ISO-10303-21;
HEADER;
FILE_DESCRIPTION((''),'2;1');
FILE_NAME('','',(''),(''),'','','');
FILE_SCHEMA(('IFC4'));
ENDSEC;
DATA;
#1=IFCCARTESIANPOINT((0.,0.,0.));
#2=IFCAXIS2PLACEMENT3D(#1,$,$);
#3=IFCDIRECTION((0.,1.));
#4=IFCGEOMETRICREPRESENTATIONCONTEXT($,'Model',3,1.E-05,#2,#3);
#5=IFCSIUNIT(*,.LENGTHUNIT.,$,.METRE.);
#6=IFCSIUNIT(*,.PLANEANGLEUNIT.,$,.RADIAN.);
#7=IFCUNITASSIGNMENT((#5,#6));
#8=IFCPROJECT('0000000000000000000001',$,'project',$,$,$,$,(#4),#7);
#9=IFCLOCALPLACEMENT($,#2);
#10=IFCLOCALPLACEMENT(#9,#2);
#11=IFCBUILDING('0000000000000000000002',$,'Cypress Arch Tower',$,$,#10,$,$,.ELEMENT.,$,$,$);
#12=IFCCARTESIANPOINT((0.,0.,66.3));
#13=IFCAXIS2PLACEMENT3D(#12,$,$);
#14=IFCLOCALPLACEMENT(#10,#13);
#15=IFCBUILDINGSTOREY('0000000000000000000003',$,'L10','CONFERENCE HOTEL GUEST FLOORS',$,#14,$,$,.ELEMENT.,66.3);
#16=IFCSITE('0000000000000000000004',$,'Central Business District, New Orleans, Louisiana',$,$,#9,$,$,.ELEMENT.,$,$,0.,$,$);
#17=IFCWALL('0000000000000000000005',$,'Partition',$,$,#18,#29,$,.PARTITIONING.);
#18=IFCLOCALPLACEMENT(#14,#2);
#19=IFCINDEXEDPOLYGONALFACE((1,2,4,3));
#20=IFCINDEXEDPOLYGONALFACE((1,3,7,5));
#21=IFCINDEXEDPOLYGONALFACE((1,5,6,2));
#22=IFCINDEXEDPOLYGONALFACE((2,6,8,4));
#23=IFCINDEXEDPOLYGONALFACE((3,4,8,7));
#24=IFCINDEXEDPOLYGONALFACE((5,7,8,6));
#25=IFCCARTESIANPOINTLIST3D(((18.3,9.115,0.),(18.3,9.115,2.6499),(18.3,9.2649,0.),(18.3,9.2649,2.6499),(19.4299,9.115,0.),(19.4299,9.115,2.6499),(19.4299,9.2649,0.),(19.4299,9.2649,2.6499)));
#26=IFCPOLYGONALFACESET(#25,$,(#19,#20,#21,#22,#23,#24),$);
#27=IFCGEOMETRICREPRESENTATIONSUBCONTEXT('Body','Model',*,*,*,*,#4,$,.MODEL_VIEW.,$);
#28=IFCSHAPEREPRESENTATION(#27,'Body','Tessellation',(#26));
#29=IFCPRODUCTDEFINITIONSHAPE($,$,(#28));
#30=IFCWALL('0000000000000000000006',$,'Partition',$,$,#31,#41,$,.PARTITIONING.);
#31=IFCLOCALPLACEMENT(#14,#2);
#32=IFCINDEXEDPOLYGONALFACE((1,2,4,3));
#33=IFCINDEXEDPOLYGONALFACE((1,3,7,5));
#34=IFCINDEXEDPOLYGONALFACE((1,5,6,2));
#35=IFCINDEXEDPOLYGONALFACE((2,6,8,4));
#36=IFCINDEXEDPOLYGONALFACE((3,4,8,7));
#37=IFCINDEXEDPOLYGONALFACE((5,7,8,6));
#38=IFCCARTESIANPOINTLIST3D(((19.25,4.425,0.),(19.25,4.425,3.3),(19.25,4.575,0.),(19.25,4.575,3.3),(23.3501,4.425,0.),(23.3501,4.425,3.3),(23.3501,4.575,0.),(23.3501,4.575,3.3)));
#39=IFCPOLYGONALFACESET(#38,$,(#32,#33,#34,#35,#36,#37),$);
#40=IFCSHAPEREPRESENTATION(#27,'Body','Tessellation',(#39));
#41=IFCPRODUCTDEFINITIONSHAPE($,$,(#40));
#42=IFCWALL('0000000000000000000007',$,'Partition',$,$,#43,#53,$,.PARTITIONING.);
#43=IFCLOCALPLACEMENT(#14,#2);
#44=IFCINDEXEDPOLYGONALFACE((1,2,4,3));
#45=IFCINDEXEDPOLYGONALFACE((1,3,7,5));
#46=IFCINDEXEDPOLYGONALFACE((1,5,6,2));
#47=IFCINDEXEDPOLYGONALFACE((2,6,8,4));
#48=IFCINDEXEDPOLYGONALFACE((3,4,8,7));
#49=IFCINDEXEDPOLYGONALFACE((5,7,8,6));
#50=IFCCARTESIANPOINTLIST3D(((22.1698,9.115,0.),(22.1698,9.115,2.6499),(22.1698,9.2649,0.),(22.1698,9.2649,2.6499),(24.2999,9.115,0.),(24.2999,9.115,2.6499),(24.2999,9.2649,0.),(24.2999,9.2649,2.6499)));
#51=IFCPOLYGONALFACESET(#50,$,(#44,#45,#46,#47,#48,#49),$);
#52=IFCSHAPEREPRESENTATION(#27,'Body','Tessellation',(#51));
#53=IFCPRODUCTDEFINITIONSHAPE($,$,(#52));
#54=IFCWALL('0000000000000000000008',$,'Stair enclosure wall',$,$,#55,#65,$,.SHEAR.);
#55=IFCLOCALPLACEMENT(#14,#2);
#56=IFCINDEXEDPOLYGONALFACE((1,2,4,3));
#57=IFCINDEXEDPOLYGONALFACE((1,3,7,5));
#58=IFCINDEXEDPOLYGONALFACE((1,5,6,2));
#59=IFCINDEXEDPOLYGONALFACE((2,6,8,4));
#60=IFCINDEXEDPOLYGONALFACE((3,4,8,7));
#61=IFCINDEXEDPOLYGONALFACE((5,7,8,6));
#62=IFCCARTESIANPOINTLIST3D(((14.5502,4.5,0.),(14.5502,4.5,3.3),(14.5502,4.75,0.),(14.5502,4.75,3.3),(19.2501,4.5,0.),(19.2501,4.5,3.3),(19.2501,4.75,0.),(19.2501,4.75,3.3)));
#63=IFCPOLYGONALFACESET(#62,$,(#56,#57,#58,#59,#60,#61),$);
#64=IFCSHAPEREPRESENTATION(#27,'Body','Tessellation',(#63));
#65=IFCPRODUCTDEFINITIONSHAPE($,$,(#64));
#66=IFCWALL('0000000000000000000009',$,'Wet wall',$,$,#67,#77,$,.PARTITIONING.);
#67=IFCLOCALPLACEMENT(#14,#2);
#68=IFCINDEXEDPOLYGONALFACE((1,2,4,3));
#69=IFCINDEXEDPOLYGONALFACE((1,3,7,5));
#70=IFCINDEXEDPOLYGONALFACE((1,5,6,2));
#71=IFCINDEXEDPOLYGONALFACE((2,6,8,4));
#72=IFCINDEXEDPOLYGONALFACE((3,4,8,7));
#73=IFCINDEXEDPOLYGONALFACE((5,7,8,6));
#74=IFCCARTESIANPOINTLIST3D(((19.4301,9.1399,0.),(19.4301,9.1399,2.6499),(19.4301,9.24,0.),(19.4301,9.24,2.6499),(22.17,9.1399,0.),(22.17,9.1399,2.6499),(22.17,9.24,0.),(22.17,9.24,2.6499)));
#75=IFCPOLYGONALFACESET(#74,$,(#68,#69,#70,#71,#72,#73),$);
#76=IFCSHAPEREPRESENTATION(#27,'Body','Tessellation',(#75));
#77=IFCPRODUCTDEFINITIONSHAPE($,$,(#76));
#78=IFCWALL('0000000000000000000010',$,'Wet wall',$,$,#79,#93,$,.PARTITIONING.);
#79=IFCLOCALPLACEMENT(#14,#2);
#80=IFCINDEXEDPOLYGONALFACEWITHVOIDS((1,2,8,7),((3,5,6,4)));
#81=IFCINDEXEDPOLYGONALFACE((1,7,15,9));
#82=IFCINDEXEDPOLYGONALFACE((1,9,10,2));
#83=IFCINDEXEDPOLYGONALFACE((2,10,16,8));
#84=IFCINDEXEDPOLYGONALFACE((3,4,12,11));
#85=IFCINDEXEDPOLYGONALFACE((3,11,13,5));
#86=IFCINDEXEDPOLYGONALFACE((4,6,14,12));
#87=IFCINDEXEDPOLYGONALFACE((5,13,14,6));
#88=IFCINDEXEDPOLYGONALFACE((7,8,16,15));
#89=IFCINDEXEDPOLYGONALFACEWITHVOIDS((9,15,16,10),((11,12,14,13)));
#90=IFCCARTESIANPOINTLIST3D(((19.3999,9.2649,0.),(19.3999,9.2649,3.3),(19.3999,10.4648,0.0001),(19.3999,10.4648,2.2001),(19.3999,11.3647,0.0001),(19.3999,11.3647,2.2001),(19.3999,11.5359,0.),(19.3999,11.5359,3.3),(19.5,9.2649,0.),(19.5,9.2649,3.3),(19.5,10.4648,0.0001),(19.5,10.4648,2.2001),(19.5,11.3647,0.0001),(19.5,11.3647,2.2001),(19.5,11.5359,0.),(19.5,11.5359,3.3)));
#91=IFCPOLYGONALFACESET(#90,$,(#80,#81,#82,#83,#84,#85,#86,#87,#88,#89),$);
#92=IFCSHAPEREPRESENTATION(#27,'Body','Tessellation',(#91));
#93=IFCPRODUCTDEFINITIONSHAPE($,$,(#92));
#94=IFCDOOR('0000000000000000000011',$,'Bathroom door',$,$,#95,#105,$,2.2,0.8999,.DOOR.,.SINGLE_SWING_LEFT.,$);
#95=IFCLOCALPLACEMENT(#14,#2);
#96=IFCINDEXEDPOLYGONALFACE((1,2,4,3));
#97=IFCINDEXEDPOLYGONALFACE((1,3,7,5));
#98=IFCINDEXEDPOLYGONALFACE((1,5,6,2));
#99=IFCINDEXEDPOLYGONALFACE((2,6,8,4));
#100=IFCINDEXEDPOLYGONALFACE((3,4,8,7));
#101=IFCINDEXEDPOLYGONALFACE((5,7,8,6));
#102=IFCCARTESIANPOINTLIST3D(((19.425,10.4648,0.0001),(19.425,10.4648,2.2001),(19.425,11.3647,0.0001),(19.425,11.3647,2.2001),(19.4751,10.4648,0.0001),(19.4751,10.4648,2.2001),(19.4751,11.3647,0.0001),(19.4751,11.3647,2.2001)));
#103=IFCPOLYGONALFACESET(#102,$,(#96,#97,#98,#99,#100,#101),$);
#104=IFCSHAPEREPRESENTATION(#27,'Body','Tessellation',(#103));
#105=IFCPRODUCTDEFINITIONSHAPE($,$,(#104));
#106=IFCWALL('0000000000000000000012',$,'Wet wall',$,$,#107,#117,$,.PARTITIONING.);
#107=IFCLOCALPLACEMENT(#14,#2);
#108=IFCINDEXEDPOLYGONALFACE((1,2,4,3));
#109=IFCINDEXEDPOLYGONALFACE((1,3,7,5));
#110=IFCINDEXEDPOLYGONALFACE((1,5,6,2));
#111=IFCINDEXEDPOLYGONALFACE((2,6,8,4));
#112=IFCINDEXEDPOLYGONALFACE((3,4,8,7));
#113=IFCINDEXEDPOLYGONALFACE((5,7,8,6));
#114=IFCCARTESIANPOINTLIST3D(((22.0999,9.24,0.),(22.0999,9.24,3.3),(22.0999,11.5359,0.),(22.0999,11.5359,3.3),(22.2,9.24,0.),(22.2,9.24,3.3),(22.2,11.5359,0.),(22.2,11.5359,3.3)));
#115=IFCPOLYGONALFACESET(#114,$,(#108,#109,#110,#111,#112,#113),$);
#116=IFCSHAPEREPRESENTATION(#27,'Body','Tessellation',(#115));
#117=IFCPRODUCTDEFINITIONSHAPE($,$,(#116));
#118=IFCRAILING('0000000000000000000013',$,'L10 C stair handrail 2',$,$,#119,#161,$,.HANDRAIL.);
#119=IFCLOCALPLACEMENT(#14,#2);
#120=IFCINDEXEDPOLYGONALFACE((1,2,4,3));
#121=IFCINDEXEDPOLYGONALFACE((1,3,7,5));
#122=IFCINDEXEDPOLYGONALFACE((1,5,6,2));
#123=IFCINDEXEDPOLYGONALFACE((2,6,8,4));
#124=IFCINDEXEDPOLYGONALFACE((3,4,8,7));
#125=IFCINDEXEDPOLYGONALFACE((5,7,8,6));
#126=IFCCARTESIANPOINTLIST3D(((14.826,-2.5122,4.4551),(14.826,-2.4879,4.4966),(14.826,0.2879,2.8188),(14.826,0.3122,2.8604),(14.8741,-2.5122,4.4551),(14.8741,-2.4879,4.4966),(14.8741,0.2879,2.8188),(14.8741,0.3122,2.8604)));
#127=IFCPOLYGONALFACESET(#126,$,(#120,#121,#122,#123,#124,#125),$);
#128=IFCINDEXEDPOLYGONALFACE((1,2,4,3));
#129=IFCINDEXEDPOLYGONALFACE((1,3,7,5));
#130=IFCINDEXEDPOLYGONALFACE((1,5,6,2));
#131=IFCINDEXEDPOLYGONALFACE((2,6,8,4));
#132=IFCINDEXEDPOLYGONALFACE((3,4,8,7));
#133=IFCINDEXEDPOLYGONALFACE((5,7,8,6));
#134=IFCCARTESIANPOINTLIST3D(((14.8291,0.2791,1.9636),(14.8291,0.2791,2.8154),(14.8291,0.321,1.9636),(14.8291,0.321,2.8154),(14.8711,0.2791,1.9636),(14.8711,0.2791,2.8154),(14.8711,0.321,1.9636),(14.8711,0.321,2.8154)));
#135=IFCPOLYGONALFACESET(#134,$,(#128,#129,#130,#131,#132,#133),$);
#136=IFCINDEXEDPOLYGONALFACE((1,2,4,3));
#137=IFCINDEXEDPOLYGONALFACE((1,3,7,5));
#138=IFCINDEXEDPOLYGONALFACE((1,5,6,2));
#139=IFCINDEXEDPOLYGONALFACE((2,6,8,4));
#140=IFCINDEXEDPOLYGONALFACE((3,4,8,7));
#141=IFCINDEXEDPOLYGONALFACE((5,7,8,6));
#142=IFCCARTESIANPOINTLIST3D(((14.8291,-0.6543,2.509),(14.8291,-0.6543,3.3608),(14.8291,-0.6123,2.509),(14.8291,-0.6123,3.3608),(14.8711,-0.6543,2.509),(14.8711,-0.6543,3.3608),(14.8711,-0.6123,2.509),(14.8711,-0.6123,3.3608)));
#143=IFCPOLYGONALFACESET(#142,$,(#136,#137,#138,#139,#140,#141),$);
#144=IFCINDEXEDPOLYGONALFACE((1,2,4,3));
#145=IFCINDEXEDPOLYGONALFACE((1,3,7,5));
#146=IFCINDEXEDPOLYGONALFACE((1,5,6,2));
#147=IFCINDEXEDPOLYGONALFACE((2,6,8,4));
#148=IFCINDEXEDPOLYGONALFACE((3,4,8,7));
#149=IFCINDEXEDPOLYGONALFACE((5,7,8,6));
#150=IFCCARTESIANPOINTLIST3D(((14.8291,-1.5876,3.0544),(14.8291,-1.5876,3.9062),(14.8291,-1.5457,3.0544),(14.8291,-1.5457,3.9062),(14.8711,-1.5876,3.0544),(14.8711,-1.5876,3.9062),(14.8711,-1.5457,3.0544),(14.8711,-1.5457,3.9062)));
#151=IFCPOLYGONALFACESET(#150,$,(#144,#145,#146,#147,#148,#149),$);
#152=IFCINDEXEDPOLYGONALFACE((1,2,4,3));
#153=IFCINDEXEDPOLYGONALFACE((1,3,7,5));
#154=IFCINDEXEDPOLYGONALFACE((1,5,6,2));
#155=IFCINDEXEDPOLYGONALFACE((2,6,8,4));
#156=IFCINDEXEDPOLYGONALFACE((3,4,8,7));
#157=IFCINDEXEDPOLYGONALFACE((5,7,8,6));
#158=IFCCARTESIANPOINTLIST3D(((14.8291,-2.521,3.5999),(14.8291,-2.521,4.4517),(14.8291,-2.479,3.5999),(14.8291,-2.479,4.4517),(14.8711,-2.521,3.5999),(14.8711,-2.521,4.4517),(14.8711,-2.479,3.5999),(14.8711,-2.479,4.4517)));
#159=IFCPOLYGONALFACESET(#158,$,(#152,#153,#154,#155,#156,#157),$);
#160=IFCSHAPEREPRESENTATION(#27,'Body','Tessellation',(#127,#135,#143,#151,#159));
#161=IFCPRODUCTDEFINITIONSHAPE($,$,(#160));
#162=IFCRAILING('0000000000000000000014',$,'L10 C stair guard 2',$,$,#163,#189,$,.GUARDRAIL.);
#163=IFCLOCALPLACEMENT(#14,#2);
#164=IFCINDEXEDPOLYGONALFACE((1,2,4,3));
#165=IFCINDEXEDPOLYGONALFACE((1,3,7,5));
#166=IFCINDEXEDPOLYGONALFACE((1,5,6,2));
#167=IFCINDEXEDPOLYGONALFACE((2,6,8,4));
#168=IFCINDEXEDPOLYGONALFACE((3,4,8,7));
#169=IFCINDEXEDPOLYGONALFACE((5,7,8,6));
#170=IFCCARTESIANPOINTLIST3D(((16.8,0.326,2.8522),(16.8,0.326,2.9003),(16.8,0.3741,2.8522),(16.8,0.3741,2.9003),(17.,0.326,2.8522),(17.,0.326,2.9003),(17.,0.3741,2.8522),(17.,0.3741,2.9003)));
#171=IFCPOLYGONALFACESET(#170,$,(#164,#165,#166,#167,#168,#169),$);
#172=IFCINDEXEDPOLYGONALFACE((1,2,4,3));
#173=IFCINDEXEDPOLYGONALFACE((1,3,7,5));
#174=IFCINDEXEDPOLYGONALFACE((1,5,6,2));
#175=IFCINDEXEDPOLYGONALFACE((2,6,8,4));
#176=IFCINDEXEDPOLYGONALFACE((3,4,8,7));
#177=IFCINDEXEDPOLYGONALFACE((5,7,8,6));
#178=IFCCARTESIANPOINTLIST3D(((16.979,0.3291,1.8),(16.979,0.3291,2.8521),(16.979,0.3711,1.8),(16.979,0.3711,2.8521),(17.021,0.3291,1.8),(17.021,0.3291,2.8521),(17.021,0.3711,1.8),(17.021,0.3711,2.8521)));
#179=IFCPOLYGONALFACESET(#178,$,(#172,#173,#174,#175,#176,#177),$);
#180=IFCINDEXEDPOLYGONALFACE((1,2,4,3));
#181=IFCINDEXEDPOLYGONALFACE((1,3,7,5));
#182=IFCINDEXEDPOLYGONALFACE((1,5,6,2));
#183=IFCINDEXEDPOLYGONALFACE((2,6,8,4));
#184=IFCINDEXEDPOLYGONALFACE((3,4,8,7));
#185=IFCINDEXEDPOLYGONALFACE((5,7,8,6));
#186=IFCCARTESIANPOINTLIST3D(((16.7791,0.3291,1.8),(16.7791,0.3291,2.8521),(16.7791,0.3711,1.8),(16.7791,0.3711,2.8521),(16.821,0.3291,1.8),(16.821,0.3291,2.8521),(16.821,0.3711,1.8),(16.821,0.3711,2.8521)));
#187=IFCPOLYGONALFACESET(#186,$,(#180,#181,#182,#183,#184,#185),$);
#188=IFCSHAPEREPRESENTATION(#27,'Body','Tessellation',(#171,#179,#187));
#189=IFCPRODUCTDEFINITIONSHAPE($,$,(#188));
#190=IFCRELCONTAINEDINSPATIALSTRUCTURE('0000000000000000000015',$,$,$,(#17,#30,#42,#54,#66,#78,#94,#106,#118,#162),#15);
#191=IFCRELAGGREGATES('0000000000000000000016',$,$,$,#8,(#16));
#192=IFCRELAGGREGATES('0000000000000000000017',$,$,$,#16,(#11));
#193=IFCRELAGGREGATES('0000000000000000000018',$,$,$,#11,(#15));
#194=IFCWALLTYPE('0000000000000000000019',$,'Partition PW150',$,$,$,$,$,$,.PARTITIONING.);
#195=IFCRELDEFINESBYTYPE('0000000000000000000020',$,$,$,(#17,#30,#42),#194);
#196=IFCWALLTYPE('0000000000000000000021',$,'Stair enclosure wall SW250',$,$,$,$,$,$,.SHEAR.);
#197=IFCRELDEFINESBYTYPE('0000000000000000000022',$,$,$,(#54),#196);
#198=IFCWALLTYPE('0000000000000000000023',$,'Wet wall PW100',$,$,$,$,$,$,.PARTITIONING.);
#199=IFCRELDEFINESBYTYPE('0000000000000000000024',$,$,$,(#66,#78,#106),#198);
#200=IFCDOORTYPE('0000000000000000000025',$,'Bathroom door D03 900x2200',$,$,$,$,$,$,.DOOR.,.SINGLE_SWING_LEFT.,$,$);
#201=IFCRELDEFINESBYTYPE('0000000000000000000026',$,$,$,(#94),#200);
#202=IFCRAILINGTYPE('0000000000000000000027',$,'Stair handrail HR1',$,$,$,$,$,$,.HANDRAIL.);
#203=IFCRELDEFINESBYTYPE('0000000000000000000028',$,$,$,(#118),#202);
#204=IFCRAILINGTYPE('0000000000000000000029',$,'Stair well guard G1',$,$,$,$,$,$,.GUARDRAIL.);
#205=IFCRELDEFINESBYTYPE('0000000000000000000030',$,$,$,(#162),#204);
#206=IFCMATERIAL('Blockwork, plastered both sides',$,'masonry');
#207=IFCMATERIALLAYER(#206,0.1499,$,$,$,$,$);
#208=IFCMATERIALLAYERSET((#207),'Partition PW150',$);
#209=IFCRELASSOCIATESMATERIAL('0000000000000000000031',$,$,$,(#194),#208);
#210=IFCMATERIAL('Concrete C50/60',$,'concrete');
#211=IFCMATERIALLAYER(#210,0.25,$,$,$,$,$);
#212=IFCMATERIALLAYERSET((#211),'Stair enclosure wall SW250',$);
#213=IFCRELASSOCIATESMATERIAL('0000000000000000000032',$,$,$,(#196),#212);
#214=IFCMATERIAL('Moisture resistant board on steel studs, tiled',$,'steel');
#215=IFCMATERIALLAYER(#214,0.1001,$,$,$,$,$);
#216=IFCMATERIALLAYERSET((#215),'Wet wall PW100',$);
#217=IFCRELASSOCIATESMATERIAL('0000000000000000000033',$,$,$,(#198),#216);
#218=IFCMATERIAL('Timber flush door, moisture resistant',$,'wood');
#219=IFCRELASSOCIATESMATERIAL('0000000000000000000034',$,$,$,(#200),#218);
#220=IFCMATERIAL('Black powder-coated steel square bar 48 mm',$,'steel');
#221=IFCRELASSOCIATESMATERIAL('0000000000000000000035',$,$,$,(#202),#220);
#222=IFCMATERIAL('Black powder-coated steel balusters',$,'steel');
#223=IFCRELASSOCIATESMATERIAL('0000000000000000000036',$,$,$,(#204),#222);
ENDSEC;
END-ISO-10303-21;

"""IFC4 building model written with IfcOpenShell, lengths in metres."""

from ifc_helpers import new_model, si_unit, direction, frame, frame_2d, origin, origin_2d, place, context, subcontext, project, spatial, rectangle, extrude, material, layer, layer_set, type_object, element, fill, save


model = new_model("IFC4")

# Units and contexts
model_context = context("Model", 3, precision=1e-05, world=origin(), true_north=direction((0.0, 1.0)))
body_context = subcontext(model_context, "Body", "Model", "MODEL_VIEW")
ifc_project = project(units=[si_unit("LENGTHUNIT", "METRE"), si_unit("PLANEANGLEUNIT", "RADIAN")], contexts=[model_context])

# Site, building, storey
site_placement = place(None, origin())
site = spatial("IfcSite", under=ifc_project, at=site_placement, Name="Central Business District, New Orleans, Louisiana", CompositionType="ELEMENT", RefElevation=0.0)
building_placement = place(site_placement, origin())
building = spatial("IfcBuilding", under=site, at=building_placement, Name="Cypress Arch Tower", CompositionType="ELEMENT")
storey_placement = place(building_placement, frame((0.0, 0.0, 66.3)))
storey = spatial("IfcBuildingStorey", under=building, at=storey_placement, Name="L10", Description="CONFERENCE HOTEL GUEST FLOORS", CompositionType="ELEMENT", Elevation=66.3)

# Walls
ifc_material_1 = material(Name="Blockwork, plastered both sides", Category="masonry")
ifc_layer_1 = layer(ifc_material_1, 0.1499)
ifc_layer_set_1 = layer_set([ifc_layer_1], Name="Partition PW150")
wall_type_1 = type_object("IfcWallType", Name="Partition PW150", PredefinedType="PARTITIONING", material=ifc_layer_set_1)
wall_1_placement = place(storey_placement, frame((18.3, 9.1899, 0.0), z_axis=(0.0, 0.0, 1.0), x_axis=(1.0, 0.0, 0.0)))
element("IfcWall", 1, at=wall_1_placement, inside=storey, type_object=wall_type_1, Name="Partition", PredefinedType="PARTITIONING", context=body_context, shape_type="SweptSolid", body=[
    extrude(rectangle(XDim=1.1299, YDim=0.1499, at=frame_2d((0.5649, 0.0))), origin(), (0.0, 0.0, 1.0), 2.6499),
])
wall_2_placement = place(storey_placement, frame((19.25, 4.5, 0.0), z_axis=(0.0, 0.0, 1.0), x_axis=(1.0, 0.0, 0.0)))
element("IfcWall", 2, at=wall_2_placement, inside=storey, type_object=wall_type_1, Name="Partition", PredefinedType="PARTITIONING", context=body_context, shape_type="SweptSolid", body=[
    extrude(rectangle(XDim=4.1001, YDim=0.1499, at=frame_2d((2.05, 0.0))), origin(), (0.0, 0.0, 1.0), 3.3),
])
wall_3_placement = place(storey_placement, frame((22.1699, 9.1899, 0.0), z_axis=(0.0, 0.0, 1.0), x_axis=(1.0, 0.0, 0.0)))
element("IfcWall", 3, at=wall_3_placement, inside=storey, type_object=wall_type_1, Name="Partition", PredefinedType="PARTITIONING", context=body_context, shape_type="SweptSolid", body=[
    extrude(rectangle(XDim=2.1301, YDim=0.1499, at=frame_2d((1.0649, 0.0))), origin(), (0.0, 0.0, 1.0), 2.6499),
])
ifc_material_2 = material(Name="Concrete C50/60", Category="concrete")
ifc_layer_2 = layer(ifc_material_2, 0.25)
ifc_layer_set_2 = layer_set([ifc_layer_2], Name="Stair enclosure wall SW250")
wall_type_2 = type_object("IfcWallType", Name="Stair enclosure wall SW250", PredefinedType="SHEAR", material=ifc_layer_set_2)
wall_4_placement = place(storey_placement, frame((14.55, 4.625, 0.0), z_axis=(0.0, 0.0, 1.0), x_axis=(1.0, 0.0, 0.0)))
element("IfcWall", 4, at=wall_4_placement, inside=storey, type_object=wall_type_2, Name="Stair enclosure wall", PredefinedType="SHEAR", context=body_context, shape_type="SweptSolid", body=[
    extrude(rectangle(XDim=4.7, YDim=0.25, at=frame_2d((2.3501, 0.0))), origin(), (0.0, 0.0, 1.0), 3.3),
])
ifc_material_3 = material(Name="Moisture resistant board on steel studs, tiled", Category="steel")
ifc_layer_3 = layer(ifc_material_3, 0.1001)
ifc_layer_set_3 = layer_set([ifc_layer_3], Name="Wet wall PW100")
wall_type_3 = type_object("IfcWallType", Name="Wet wall PW100", PredefinedType="PARTITIONING", material=ifc_layer_set_3)
wall_5_placement = place(storey_placement, frame((19.4299, 9.1899, 0.0), z_axis=(0.0, 0.0, 1.0), x_axis=(1.0, 0.0, 0.0)))
element("IfcWall", 5, at=wall_5_placement, inside=storey, type_object=wall_type_3, Name="Wet wall", PredefinedType="PARTITIONING", context=body_context, shape_type="SweptSolid", body=[
    extrude(rectangle(XDim=2.74, YDim=0.1001, at=frame_2d((1.3701, 0.0))), origin(), (0.0, 0.0, 1.0), 2.6499),
])

# Wall, opening, door
wall_6_placement = place(storey_placement, frame((19.45, 9.2649, 0.0), z_axis=(0.0, 0.0, 1.0), x_axis=(0.0, 1.0, 0.0)))
wall_6 = element("IfcWall", 6, at=wall_6_placement, inside=storey, type_object=wall_type_3, Name="Wet wall", PredefinedType="PARTITIONING", context=body_context, shape_type="SweptSolid", body=[
    extrude(rectangle(XDim=2.271, YDim=0.1001, at=frame_2d((1.1355, 0.0))), origin(), (0.0, 0.0, 1.0), 3.3),
])
opening_1_placement = place(wall_6_placement, frame((1.2, 0.0, 0.0)))
opening_1 = element("IfcOpeningElement", 7, at=opening_1_placement, cuts=wall_6, PredefinedType="OPENING", context=body_context, shape_type="SweptSolid", body=[
    extrude(rectangle(XDim=0.8999, YDim=2.2, at=frame_2d((0.45, 1.1001))), frame((0.0, 0.0601, 0.0), z_axis=(0.0, -1.0, 0.0), x_axis=(1.0, 0.0, 0.0)), (0.0, 0.0, 1.0), 0.1201),
])
ifc_material_4 = material(Name="Timber flush door, moisture resistant", Category="wood")
door_type_1 = type_object("IfcDoorType", Name="Bathroom door D03 900x2200", OperationType="SINGLE_SWING_LEFT", PredefinedType="DOOR", material=ifc_material_4)
door_1_placement = place(opening_1_placement, origin())
door_1 = element("IfcDoor", 8, at=door_1_placement, inside=storey, type_object=door_type_1, Name="Bathroom door", OperationType="SINGLE_SWING_LEFT", OverallHeight=2.2, OverallWidth=0.8999, PredefinedType="DOOR", context=body_context, shape_type="SweptSolid", body=[
    extrude(rectangle(XDim=0.8999, YDim=2.2, at=frame_2d((0.45, 1.1001))), frame((0.0, 0.0249, 0.0), z_axis=(0.0, -1.0, 0.0), x_axis=(1.0, 0.0, 0.0)), (0.0, 0.0, 1.0), 0.05),
])
fill(opening_1, door_1)

# Wall
wall_7_placement = place(storey_placement, frame((22.1499, 9.24, 0.0), z_axis=(0.0, 0.0, 1.0), x_axis=(0.0, 1.0, 0.0)))
element("IfcWall", 9, at=wall_7_placement, inside=storey, type_object=wall_type_3, Name="Wet wall", PredefinedType="PARTITIONING", context=body_context, shape_type="SweptSolid", body=[
    extrude(rectangle(XDim=2.2959, YDim=0.1001, at=frame_2d((1.1479, 0.0))), origin(), (0.0, 0.0, 1.0), 3.3),
])

# Railings
ifc_material_5 = material(Name="Black powder-coated steel square bar 48 mm", Category="steel")
railing_type_1 = type_object("IfcRailingType", Name="Stair handrail HR1", PredefinedType="HANDRAIL", material=ifc_material_5)
railing_1_placement = place(storey_placement, frame((14.8501, 0.3, 1.9636)))
element("IfcRailing", 10, at=railing_1_placement, inside=storey, type_object=railing_type_1, Name="L10 C stair handrail 2", PredefinedType="HANDRAIL", context=body_context, shape_type="SweptSolid", body=[
    extrude(rectangle(XDim=0.0481, YDim=0.0481, at=origin_2d()), frame((0.0, 0.0, 0.876), z_axis=(0.0, -0.863394, 0.504531), x_axis=(1.0, 0.0, 0.0)), (0.0, 0.0, 1.0), 3.2432),
    extrude(rectangle(XDim=0.042, YDim=0.042, at=origin_2d()), origin(), (0.0, 0.0, 1.0), 0.8518),
    extrude(rectangle(XDim=0.042, YDim=0.042, at=origin_2d()), frame((0.0, -0.9333, 0.5454)), (0.0, 0.0, 1.0), 0.8518),
    extrude(rectangle(XDim=0.042, YDim=0.042, at=origin_2d()), frame((0.0, -1.8667, 1.0908)), (0.0, 0.0, 1.0), 0.8518),
    extrude(rectangle(XDim=0.042, YDim=0.042, at=origin_2d()), frame((0.0, -2.8, 1.6362)), (0.0, 0.0, 1.0), 0.8518),
])
ifc_material_6 = material(Name="Black powder-coated steel balusters", Category="steel")
railing_type_2 = type_object("IfcRailingType", Name="Stair well guard G1", PredefinedType="GUARDRAIL", material=ifc_material_6)
railing_2_placement = place(storey_placement, frame((17.0, 0.3501, 1.8)))
element("IfcRailing", 11, at=railing_2_placement, inside=storey, type_object=railing_type_2, Name="L10 C stair guard 2", PredefinedType="GUARDRAIL", context=body_context, shape_type="SweptSolid", body=[
    extrude(rectangle(XDim=0.0481, YDim=0.0481, at=origin_2d()), frame((0.0, 0.0, 1.0762), z_axis=(-1.0, 0.0, 0.0), x_axis=(0.0, -1.0, 0.0)), (0.0, 0.0, 1.0), 0.2),
    extrude(rectangle(XDim=0.042, YDim=0.042, at=origin_2d()), origin(), (0.0, 0.0, 1.0), 1.052),
    extrude(rectangle(XDim=0.042, YDim=0.042, at=origin_2d()), frame((-0.2, 0.0, 0.0)), (0.0, 0.0, 1.0), 1.052),
])

save(model, "model.ifc")
